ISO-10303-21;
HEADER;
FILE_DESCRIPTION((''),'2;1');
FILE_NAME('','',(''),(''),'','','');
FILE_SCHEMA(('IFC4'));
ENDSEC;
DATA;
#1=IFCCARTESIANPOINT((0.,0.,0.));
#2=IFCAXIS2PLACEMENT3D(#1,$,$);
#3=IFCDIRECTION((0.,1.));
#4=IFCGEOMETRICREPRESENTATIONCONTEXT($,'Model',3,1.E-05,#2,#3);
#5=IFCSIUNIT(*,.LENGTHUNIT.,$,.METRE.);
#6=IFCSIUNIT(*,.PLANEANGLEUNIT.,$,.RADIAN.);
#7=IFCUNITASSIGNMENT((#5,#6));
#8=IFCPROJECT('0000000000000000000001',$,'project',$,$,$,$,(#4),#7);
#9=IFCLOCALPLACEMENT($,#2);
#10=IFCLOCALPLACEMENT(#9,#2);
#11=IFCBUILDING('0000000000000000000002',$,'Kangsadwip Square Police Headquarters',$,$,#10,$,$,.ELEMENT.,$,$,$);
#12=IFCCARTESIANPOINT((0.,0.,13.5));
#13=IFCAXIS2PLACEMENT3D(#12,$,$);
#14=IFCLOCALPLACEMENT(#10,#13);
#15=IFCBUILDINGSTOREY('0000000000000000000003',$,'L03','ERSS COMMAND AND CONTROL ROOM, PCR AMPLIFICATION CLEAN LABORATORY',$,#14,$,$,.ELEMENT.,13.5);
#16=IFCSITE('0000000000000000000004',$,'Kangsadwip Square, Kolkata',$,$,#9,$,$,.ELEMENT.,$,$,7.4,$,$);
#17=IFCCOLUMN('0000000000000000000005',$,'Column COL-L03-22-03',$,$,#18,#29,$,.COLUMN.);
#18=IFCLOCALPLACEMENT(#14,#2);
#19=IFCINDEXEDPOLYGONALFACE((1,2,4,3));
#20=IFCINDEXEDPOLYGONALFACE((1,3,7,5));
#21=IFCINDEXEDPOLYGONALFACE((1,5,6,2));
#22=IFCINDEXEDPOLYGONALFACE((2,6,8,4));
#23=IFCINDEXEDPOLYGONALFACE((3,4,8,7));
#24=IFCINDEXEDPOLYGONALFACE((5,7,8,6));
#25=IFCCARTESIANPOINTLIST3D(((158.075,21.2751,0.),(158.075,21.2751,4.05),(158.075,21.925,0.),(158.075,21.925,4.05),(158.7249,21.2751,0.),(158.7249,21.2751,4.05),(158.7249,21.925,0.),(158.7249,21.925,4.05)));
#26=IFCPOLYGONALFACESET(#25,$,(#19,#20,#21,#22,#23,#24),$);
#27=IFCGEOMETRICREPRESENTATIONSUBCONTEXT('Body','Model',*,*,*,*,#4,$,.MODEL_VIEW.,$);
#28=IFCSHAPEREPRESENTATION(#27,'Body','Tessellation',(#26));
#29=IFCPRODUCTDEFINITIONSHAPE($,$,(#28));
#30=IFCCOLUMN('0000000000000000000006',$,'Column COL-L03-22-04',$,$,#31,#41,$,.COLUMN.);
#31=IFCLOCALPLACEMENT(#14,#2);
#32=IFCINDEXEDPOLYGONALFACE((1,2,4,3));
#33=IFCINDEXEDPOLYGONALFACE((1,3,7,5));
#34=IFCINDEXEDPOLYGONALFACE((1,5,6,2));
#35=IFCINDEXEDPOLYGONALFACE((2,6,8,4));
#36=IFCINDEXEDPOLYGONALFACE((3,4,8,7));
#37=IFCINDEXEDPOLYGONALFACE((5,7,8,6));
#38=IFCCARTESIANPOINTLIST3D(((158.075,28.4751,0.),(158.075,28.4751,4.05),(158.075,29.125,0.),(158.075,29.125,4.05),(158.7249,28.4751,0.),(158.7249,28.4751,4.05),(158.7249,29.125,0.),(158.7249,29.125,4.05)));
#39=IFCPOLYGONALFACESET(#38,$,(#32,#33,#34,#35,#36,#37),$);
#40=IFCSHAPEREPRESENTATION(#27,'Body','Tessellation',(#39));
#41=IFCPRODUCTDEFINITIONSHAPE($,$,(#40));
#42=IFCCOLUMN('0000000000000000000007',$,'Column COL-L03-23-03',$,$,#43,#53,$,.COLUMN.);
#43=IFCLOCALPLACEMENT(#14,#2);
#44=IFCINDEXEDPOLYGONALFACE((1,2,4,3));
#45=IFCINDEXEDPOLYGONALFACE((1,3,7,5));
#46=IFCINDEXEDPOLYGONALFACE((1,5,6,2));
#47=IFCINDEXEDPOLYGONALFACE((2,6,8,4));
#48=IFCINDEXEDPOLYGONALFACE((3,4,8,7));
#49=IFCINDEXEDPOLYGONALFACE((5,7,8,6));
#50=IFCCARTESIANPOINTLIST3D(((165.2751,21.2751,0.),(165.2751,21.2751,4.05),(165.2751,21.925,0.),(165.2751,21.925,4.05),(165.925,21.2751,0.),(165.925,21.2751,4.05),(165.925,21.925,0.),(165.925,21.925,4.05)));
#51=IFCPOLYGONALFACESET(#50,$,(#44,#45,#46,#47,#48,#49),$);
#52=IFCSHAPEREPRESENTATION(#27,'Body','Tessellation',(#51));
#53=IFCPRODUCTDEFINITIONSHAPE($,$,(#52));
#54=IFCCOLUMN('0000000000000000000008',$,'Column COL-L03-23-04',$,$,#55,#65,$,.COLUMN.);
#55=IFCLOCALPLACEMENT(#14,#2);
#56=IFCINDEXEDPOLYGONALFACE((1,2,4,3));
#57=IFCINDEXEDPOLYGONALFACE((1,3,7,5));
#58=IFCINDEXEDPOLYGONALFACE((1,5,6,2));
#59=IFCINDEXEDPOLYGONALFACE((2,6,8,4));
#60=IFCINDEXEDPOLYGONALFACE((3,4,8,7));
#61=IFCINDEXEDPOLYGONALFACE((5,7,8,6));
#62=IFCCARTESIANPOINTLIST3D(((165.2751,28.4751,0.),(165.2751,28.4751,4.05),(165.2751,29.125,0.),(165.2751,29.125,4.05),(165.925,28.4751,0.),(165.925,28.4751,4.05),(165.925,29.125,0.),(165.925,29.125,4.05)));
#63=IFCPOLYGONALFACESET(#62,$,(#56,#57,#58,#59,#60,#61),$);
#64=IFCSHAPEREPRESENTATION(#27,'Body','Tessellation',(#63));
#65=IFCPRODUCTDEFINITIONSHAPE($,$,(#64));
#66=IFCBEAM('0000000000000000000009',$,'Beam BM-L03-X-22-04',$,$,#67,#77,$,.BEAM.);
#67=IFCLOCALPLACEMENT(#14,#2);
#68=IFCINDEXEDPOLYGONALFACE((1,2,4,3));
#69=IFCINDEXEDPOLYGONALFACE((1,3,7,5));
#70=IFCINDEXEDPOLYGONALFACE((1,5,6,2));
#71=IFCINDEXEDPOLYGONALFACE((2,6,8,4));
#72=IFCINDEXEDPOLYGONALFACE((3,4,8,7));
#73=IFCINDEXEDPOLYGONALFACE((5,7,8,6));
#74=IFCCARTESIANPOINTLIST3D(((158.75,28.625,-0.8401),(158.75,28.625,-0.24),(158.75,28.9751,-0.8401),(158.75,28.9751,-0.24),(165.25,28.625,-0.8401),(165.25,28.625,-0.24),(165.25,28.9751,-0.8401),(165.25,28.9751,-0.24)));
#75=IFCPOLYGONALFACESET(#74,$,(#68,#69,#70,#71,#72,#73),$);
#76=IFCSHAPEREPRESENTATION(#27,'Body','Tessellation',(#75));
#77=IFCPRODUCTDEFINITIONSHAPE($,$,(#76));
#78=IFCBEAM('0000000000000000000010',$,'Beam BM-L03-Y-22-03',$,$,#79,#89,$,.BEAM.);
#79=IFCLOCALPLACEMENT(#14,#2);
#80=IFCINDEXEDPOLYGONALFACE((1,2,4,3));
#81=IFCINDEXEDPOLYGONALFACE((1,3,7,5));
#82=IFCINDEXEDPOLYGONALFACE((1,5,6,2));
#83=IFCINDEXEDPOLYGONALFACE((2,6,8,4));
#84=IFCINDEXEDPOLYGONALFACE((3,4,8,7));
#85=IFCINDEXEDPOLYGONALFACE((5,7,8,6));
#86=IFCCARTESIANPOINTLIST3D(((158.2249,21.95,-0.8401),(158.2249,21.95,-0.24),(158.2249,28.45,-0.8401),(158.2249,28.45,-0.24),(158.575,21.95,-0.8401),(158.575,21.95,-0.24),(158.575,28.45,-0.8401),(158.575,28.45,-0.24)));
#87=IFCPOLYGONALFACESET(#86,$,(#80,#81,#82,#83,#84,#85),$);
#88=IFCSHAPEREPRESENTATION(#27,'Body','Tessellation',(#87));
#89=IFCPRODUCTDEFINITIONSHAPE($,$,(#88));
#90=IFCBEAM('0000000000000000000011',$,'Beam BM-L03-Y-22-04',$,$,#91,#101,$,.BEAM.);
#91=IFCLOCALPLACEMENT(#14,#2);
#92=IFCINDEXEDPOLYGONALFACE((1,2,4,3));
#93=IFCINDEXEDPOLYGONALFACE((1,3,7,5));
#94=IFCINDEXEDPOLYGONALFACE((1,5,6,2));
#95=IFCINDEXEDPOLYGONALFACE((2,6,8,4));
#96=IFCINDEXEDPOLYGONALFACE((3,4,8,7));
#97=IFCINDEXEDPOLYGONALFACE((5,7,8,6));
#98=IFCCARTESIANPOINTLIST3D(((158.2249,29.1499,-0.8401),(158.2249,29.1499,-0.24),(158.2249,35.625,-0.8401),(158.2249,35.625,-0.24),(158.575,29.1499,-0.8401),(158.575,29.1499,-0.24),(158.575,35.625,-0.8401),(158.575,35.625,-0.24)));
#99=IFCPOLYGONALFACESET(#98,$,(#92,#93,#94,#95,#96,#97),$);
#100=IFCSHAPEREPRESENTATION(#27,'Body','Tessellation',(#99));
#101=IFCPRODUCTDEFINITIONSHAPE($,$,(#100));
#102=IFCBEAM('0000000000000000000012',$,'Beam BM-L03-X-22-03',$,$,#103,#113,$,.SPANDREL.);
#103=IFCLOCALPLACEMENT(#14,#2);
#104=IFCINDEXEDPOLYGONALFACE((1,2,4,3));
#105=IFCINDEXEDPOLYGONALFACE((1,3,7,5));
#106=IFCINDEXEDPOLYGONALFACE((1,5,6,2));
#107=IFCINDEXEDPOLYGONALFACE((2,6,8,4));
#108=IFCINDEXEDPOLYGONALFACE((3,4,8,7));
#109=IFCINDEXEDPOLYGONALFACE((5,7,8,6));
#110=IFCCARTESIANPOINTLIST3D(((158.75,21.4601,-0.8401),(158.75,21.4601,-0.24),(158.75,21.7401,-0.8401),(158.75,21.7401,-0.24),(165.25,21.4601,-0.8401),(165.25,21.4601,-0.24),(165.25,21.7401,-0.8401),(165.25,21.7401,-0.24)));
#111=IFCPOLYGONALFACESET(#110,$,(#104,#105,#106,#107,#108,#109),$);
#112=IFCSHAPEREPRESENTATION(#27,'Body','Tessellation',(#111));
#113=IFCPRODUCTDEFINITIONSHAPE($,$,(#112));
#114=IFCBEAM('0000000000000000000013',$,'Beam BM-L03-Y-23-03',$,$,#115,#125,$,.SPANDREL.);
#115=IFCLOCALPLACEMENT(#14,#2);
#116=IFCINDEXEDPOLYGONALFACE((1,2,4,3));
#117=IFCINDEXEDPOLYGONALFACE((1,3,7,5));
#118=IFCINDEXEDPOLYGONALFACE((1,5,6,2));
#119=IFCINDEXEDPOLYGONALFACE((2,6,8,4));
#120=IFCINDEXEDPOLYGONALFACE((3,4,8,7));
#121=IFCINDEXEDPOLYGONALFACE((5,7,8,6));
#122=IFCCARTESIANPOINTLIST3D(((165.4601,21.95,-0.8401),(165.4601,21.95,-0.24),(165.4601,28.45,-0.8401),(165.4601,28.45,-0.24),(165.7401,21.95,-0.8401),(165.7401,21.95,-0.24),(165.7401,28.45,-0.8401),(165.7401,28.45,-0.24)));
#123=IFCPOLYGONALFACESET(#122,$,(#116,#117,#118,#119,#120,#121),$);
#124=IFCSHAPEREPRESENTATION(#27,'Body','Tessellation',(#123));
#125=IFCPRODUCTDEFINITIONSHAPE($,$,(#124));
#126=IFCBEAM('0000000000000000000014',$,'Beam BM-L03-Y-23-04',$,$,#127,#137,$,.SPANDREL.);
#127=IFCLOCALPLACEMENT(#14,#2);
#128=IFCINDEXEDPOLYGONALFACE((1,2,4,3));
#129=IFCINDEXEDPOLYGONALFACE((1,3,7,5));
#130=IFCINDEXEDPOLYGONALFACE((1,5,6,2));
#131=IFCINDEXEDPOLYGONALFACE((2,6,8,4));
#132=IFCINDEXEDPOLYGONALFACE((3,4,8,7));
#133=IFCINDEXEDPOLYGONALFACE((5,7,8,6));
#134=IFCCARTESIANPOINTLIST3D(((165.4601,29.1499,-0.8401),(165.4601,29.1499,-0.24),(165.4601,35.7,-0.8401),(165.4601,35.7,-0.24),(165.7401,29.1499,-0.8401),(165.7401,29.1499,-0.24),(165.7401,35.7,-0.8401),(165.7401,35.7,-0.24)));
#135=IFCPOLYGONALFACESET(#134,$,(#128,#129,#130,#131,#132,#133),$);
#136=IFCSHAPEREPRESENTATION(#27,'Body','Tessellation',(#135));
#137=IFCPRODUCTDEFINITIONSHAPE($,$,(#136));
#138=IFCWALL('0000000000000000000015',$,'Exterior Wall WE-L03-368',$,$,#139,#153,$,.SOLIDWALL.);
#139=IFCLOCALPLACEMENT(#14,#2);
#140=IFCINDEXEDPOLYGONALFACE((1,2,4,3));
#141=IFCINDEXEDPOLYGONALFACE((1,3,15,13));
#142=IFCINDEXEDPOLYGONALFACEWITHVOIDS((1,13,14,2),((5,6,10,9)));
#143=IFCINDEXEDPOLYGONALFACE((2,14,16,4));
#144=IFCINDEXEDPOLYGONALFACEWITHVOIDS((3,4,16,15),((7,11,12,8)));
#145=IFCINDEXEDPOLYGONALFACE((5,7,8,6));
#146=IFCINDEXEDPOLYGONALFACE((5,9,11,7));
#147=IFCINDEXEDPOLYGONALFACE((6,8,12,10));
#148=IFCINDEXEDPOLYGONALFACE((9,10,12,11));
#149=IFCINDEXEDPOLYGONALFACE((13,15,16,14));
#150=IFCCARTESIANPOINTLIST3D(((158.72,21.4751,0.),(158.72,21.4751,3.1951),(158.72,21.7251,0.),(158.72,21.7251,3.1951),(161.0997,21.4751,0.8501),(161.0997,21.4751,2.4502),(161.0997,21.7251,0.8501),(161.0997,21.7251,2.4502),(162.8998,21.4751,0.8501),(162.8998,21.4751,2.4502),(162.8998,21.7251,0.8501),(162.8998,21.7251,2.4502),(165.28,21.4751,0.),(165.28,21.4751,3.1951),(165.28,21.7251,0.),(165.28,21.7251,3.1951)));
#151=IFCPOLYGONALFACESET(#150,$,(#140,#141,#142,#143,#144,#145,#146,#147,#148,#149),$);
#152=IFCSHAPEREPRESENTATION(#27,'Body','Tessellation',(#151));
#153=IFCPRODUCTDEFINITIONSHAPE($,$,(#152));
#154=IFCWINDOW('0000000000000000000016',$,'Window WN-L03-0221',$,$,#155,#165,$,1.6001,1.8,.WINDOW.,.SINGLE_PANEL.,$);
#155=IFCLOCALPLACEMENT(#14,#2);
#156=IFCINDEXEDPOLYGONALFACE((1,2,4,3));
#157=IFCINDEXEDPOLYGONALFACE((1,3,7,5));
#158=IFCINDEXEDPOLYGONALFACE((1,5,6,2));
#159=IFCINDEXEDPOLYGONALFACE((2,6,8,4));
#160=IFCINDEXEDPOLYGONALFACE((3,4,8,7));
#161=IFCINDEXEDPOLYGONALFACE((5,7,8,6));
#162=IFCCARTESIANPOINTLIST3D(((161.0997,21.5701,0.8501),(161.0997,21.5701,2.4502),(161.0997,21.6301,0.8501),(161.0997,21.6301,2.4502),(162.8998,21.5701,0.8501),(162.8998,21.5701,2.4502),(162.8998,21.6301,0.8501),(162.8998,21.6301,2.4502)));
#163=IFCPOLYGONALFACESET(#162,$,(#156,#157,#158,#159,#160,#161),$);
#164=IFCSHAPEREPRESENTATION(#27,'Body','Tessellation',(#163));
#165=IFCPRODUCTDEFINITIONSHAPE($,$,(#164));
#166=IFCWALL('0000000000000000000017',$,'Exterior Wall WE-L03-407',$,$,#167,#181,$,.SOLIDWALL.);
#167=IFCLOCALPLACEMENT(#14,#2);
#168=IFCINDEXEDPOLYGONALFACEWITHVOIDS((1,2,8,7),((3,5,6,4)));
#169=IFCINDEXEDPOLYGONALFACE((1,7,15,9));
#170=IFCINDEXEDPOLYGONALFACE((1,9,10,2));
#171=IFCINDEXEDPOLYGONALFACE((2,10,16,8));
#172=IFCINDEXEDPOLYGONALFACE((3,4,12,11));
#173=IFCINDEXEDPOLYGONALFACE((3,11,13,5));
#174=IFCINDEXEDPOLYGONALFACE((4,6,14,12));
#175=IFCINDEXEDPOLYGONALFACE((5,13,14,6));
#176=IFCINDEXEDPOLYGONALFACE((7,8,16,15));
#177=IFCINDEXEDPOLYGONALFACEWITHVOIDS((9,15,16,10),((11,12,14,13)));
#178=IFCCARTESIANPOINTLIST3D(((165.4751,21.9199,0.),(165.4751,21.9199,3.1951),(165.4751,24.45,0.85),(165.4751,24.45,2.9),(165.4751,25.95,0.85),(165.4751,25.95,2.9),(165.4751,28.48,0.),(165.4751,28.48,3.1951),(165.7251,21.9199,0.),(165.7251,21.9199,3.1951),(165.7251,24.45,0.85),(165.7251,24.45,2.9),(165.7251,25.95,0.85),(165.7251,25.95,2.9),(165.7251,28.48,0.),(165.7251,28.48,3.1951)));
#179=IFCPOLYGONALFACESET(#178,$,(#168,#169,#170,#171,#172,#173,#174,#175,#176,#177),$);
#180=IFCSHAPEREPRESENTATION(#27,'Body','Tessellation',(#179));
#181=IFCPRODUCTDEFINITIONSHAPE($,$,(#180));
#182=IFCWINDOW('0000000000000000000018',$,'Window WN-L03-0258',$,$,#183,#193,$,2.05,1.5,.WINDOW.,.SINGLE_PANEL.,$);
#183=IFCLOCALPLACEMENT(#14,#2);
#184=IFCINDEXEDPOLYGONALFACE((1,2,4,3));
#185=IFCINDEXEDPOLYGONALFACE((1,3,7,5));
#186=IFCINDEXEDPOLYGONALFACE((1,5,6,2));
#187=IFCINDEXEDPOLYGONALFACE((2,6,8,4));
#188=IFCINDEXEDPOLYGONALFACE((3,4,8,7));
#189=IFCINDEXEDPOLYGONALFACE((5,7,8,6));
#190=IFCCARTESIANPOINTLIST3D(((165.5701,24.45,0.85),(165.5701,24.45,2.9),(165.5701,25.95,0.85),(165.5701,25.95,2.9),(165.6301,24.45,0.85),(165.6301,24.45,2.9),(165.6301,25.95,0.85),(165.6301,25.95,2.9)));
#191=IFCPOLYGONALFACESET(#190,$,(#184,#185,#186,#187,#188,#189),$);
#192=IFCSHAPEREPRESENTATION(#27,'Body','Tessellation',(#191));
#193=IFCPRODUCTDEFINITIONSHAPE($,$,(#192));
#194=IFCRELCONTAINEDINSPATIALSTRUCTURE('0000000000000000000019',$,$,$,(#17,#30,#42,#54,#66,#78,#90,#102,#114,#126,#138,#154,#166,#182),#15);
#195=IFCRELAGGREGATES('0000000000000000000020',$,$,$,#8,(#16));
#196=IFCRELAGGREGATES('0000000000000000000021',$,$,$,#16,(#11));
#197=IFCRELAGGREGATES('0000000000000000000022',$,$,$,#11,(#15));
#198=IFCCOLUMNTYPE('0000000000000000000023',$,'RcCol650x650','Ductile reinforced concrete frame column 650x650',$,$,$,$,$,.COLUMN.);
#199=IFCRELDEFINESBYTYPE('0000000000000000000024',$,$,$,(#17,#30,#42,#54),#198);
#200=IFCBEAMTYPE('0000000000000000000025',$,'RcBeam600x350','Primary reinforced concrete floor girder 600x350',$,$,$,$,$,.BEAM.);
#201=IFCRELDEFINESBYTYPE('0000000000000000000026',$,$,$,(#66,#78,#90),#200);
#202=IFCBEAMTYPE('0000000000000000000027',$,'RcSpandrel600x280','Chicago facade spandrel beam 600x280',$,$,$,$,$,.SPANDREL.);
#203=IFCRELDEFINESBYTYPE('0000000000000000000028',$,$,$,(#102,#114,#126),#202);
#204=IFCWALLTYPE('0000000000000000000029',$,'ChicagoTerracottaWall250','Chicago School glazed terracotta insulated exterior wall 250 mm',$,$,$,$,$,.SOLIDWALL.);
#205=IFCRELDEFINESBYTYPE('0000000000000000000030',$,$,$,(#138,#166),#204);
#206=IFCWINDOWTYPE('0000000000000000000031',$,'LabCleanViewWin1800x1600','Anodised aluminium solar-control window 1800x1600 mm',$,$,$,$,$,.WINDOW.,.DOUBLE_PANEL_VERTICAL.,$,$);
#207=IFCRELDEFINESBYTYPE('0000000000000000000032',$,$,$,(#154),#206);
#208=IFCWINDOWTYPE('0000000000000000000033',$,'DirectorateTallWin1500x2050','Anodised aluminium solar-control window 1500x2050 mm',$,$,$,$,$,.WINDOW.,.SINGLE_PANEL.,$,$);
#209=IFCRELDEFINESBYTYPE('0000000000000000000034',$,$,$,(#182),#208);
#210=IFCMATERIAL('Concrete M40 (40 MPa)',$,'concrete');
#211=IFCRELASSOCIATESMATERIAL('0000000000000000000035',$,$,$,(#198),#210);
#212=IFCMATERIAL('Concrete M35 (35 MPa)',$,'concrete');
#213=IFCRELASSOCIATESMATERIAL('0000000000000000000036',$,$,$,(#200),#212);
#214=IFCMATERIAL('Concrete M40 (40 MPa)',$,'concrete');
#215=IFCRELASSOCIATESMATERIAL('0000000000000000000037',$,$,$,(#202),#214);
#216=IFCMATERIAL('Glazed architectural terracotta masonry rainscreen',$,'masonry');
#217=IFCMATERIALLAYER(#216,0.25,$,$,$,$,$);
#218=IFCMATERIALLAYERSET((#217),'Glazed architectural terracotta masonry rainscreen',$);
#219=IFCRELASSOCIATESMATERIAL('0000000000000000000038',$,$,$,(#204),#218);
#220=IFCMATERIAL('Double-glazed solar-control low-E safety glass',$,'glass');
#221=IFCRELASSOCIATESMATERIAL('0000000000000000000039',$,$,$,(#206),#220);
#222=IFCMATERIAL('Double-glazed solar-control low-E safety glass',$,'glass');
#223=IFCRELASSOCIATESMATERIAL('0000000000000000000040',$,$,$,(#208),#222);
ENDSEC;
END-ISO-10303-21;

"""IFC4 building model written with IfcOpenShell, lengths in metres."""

from ifc_helpers import new_model, si_unit, direction, frame, frame_2d, origin, origin_2d, place, context, subcontext, project, spatial, rectangle, extrude, material, layer, layer_set, material_profile, profile_set, type_object, element, fill, save


model = new_model("IFC4")

# Units and contexts
model_context = context("Model", 3, precision=1e-05, world=origin(), true_north=direction((0.0, 1.0)))
body_context = subcontext(model_context, "Body", "Model", "MODEL_VIEW")
ifc_project = project(units=[si_unit("LENGTHUNIT", "METRE"), si_unit("PLANEANGLEUNIT", "RADIAN")], contexts=[model_context])

# Site, building, storey
site_placement = place(None, origin())
site = spatial("IfcSite", under=ifc_project, at=site_placement, Name="Kangsadwip Square, Kolkata", CompositionType="ELEMENT", RefElevation=7.4)
building_placement = place(site_placement, origin())
building = spatial("IfcBuilding", under=site, at=building_placement, Name="Kangsadwip Square Police Headquarters", CompositionType="ELEMENT")
storey_placement = place(building_placement, frame((0.0, 0.0, 13.5)))
storey = spatial("IfcBuildingStorey", under=building, at=storey_placement, Name="L03", Description="ERSS COMMAND AND CONTROL ROOM, PCR AMPLIFICATION CLEAN LABORATORY", CompositionType="ELEMENT", Elevation=13.5)

# Columns
ifc_material_1 = material(Name="Concrete M40 (40 MPa)", Category="concrete")
ifc_material_profile_1 = material_profile(ifc_material_1, rectangle(XDim=0.6499, YDim=0.6499, at=origin_2d()), Name="RC COL 650X650")
ifc_profile_set_1 = profile_set([ifc_material_profile_1], Name="Concrete M40 (40 MPa)")
column_type = type_object("IfcColumnType", Name="RcCol650x650", Description="Ductile reinforced concrete frame column 650x650", PredefinedType="COLUMN", material=ifc_profile_set_1)
for number, where, z_axis, x_axis, name in (
    (1, (158.3999, 21.6001, 0.0), (0.0, 0.0, 1.0), (1.0, 0.0, 0.0), "Column COL-L03-22-03"),
    (2, (158.3999, 28.8, 0.0), (0.0, 0.0, 1.0), (1.0, 0.0, 0.0), "Column COL-L03-22-04"),
    (3, (165.6001, 21.6001, 0.0), (0.0, 0.0, 1.0), (1.0, 0.0, 0.0), "Column COL-L03-23-03"),
    (4, (165.6001, 28.8, 0.0), (0.0, 0.0, 1.0), (1.0, 0.0, 0.0), "Column COL-L03-23-04"),
):
    element("IfcColumn", number, at=place(storey_placement, frame(where, z_axis=z_axis, x_axis=x_axis)), inside=storey, type_object=column_type, Name=name, PredefinedType="COLUMN", context=body_context, shape_type="SweptSolid", body=[
        extrude(rectangle(XDim=0.6499, YDim=0.6499, at=origin_2d()), origin(), (0.0, 0.0, 1.0), 4.05),
    ])

# Beams
ifc_material_2 = material(Name="Concrete M35 (35 MPa)", Category="concrete")
ifc_material_profile_2 = material_profile(ifc_material_2, rectangle(XDim=0.3501, YDim=0.6001, at=origin_2d()), Name="RC BM 600X350")
ifc_profile_set_2 = profile_set([ifc_material_profile_2], Name="Concrete M35 (35 MPa)")
beam_type_1 = type_object("IfcBeamType", Name="RcBeam600x350", Description="Primary reinforced concrete floor girder 600x350", PredefinedType="BEAM", material=ifc_profile_set_2)
for number, where, z_axis, x_axis, name in (
    (5, (158.75, 28.8, -0.54), (1.0, 0.0, 0.0), (0.0, 1.0, 0.0), "Beam BM-L03-X-22-04"),
    (6, (158.3999, 21.95, -0.54), (0.0, 1.0, 0.0), (-1.0, 0.0, 0.0), "Beam BM-L03-Y-22-03"),
):
    element("IfcBeam", number, at=place(storey_placement, frame(where, z_axis=z_axis, x_axis=x_axis)), inside=storey, type_object=beam_type_1, Name=name, PredefinedType="BEAM", context=body_context, shape_type="SweptSolid", body=[
        extrude(rectangle(XDim=0.3501, YDim=0.6001, at=origin_2d()), origin(), (0.0, 0.0, 1.0), 6.5),
    ])
beam_1_placement = place(storey_placement, frame((158.3999, 29.1499, -0.54), z_axis=(0.0, 1.0, 0.0), x_axis=(-1.0, 0.0, 0.0)))
element("IfcBeam", 7, at=beam_1_placement, inside=storey, type_object=beam_type_1, Name="Beam BM-L03-Y-22-04", PredefinedType="BEAM", context=body_context, shape_type="SweptSolid", body=[
    extrude(rectangle(XDim=0.3501, YDim=0.6001, at=origin_2d()), origin(), (0.0, 0.0, 1.0), 6.4751),
])
ifc_material_3 = material(Name="Concrete M40 (40 MPa)", Category="concrete")
ifc_material_profile_3 = material_profile(ifc_material_3, rectangle(XDim=0.28, YDim=0.6001, at=origin_2d()), Name="RC SPN 600X280")
ifc_profile_set_3 = profile_set([ifc_material_profile_3], Name="Concrete M40 (40 MPa)")
beam_type_2 = type_object("IfcBeamType", Name="RcSpandrel600x280", Description="Chicago facade spandrel beam 600x280", PredefinedType="SPANDREL", material=ifc_profile_set_3)
for number, where, z_axis, x_axis, name in (
    (8, (158.75, 21.6001, -0.54), (1.0, 0.0, 0.0), (0.0, 1.0, 0.0), "Beam BM-L03-X-22-03"),
    (9, (165.6001, 21.95, -0.54), (0.0, 1.0, 0.0), (-1.0, 0.0, 0.0), "Beam BM-L03-Y-23-03"),
):
    element("IfcBeam", number, at=place(storey_placement, frame(where, z_axis=z_axis, x_axis=x_axis)), inside=storey, type_object=beam_type_2, Name=name, PredefinedType="SPANDREL", context=body_context, shape_type="SweptSolid", body=[
        extrude(rectangle(XDim=0.28, YDim=0.6001, at=origin_2d()), origin(), (0.0, 0.0, 1.0), 6.5),
    ])
beam_2_placement = place(storey_placement, frame((165.6001, 29.1499, -0.54), z_axis=(0.0, 1.0, 0.0), x_axis=(-1.0, 0.0, 0.0)))
element("IfcBeam", 10, at=beam_2_placement, inside=storey, type_object=beam_type_2, Name="Beam BM-L03-Y-23-04", PredefinedType="SPANDREL", context=body_context, shape_type="SweptSolid", body=[
    extrude(rectangle(XDim=0.28, YDim=0.6001, at=origin_2d()), origin(), (0.0, 0.0, 1.0), 6.55),
])

# Walls, openings, windows
ifc_material_4 = material(Name="Glazed architectural terracotta masonry rainscreen", Category="masonry")
ifc_layer = layer(ifc_material_4, 0.25)
ifc_layer_set = layer_set([ifc_layer], Name="Glazed architectural terracotta masonry rainscreen")
wall_type = type_object("IfcWallType", Name="ChicagoTerracottaWall250", Description="Chicago School glazed terracotta insulated exterior wall 250 mm", PredefinedType="SOLIDWALL", material=ifc_layer_set)
wall_1_placement = place(storey_placement, frame((158.72, 21.6001, 0.0), z_axis=(0.0, 0.0, 1.0), x_axis=(1.0, 0.0, 0.0)))
wall_1 = element("IfcWall", 11, at=wall_1_placement, inside=storey, type_object=wall_type, Name="Exterior Wall WE-L03-368", PredefinedType="SOLIDWALL", context=body_context, shape_type="SweptSolid", body=[
    extrude(rectangle(XDim=6.5601, YDim=0.25, at=frame_2d((3.28, 0.0))), origin(), (0.0, 0.0, 1.0), 3.1951),
])
opening_1_placement = place(wall_1_placement, frame((2.3799, 0.0, 0.8501)))
opening_1 = element("IfcOpeningElement", 12, at=opening_1_placement, cuts=wall_1, PredefinedType="OPENING", context=body_context, shape_type="SweptSolid", body=[
    extrude(rectangle(XDim=1.8, YDim=1.6001, at=frame_2d((0.8999, 0.8))), frame((0.0, 0.135, 0.0), z_axis=(0.0, -1.0, 0.0), x_axis=(1.0, 0.0, 0.0)), (0.0, 0.0, 1.0), 0.27),
])
ifc_material_5 = material(Name="Double-glazed solar-control low-E safety glass", Category="glass")
window_type_1 = type_object("IfcWindowType", Name="LabCleanViewWin1800x1600", Description="Anodised aluminium solar-control window 1800x1600 mm", PartitioningType="DOUBLE_PANEL_VERTICAL", PredefinedType="WINDOW", material=ifc_material_5)
window_1_placement = place(opening_1_placement, origin())
window_1 = element("IfcWindow", 13, at=window_1_placement, inside=storey, type_object=window_type_1, Name="Window WN-L03-0221", OverallHeight=1.6001, OverallWidth=1.8, PartitioningType="SINGLE_PANEL", PredefinedType="WINDOW", context=body_context, shape_type="SweptSolid", body=[
    extrude(rectangle(XDim=1.8, YDim=1.6001, at=frame_2d((0.8999, 0.8))), frame((0.0, 0.03, 0.0), z_axis=(0.0, -1.0, 0.0), x_axis=(1.0, 0.0, 0.0)), (0.0, 0.0, 1.0), 0.0601),
])
fill(opening_1, window_1)
wall_2_placement = place(storey_placement, frame((165.6001, 21.9199, 0.0), z_axis=(0.0, 0.0, 1.0), x_axis=(0.0, 1.0, 0.0)))
wall_2 = element("IfcWall", 14, at=wall_2_placement, inside=storey, type_object=wall_type, Name="Exterior Wall WE-L03-407", PredefinedType="SOLIDWALL", context=body_context, shape_type="SweptSolid", body=[
    extrude(rectangle(XDim=6.5601, YDim=0.25, at=frame_2d((3.28, 0.0))), origin(), (0.0, 0.0, 1.0), 3.1951),
])
opening_2_placement = place(wall_2_placement, frame((2.53, 0.0, 0.8501)))
opening_2 = element("IfcOpeningElement", 15, at=opening_2_placement, cuts=wall_2, PredefinedType="OPENING", context=body_context, shape_type="SweptSolid", body=[
    extrude(rectangle(XDim=1.5, YDim=2.05, at=frame_2d((0.75, 1.0249))), frame((0.0, 0.135, 0.0), z_axis=(0.0, -1.0, 0.0), x_axis=(1.0, 0.0, 0.0)), (0.0, 0.0, 1.0), 0.27),
])
ifc_material_6 = material(Name="Double-glazed solar-control low-E safety glass", Category="glass")
window_type_2 = type_object("IfcWindowType", Name="DirectorateTallWin1500x2050", Description="Anodised aluminium solar-control window 1500x2050 mm", PartitioningType="SINGLE_PANEL", PredefinedType="WINDOW", material=ifc_material_6)
window_2_placement = place(opening_2_placement, origin())
window_2 = element("IfcWindow", 16, at=window_2_placement, inside=storey, type_object=window_type_2, Name="Window WN-L03-0258", OverallHeight=2.05, OverallWidth=1.5, PartitioningType="SINGLE_PANEL", PredefinedType="WINDOW", context=body_context, shape_type="SweptSolid", body=[
    extrude(rectangle(XDim=1.5, YDim=2.05, at=frame_2d((0.75, 1.0249))), frame((0.0, 0.03, 0.0), z_axis=(0.0, -1.0, 0.0), x_axis=(1.0, 0.0, 0.0)), (0.0, 0.0, 1.0), 0.0601),
])
fill(opening_2, window_2)

save(model, "model.ifc")
